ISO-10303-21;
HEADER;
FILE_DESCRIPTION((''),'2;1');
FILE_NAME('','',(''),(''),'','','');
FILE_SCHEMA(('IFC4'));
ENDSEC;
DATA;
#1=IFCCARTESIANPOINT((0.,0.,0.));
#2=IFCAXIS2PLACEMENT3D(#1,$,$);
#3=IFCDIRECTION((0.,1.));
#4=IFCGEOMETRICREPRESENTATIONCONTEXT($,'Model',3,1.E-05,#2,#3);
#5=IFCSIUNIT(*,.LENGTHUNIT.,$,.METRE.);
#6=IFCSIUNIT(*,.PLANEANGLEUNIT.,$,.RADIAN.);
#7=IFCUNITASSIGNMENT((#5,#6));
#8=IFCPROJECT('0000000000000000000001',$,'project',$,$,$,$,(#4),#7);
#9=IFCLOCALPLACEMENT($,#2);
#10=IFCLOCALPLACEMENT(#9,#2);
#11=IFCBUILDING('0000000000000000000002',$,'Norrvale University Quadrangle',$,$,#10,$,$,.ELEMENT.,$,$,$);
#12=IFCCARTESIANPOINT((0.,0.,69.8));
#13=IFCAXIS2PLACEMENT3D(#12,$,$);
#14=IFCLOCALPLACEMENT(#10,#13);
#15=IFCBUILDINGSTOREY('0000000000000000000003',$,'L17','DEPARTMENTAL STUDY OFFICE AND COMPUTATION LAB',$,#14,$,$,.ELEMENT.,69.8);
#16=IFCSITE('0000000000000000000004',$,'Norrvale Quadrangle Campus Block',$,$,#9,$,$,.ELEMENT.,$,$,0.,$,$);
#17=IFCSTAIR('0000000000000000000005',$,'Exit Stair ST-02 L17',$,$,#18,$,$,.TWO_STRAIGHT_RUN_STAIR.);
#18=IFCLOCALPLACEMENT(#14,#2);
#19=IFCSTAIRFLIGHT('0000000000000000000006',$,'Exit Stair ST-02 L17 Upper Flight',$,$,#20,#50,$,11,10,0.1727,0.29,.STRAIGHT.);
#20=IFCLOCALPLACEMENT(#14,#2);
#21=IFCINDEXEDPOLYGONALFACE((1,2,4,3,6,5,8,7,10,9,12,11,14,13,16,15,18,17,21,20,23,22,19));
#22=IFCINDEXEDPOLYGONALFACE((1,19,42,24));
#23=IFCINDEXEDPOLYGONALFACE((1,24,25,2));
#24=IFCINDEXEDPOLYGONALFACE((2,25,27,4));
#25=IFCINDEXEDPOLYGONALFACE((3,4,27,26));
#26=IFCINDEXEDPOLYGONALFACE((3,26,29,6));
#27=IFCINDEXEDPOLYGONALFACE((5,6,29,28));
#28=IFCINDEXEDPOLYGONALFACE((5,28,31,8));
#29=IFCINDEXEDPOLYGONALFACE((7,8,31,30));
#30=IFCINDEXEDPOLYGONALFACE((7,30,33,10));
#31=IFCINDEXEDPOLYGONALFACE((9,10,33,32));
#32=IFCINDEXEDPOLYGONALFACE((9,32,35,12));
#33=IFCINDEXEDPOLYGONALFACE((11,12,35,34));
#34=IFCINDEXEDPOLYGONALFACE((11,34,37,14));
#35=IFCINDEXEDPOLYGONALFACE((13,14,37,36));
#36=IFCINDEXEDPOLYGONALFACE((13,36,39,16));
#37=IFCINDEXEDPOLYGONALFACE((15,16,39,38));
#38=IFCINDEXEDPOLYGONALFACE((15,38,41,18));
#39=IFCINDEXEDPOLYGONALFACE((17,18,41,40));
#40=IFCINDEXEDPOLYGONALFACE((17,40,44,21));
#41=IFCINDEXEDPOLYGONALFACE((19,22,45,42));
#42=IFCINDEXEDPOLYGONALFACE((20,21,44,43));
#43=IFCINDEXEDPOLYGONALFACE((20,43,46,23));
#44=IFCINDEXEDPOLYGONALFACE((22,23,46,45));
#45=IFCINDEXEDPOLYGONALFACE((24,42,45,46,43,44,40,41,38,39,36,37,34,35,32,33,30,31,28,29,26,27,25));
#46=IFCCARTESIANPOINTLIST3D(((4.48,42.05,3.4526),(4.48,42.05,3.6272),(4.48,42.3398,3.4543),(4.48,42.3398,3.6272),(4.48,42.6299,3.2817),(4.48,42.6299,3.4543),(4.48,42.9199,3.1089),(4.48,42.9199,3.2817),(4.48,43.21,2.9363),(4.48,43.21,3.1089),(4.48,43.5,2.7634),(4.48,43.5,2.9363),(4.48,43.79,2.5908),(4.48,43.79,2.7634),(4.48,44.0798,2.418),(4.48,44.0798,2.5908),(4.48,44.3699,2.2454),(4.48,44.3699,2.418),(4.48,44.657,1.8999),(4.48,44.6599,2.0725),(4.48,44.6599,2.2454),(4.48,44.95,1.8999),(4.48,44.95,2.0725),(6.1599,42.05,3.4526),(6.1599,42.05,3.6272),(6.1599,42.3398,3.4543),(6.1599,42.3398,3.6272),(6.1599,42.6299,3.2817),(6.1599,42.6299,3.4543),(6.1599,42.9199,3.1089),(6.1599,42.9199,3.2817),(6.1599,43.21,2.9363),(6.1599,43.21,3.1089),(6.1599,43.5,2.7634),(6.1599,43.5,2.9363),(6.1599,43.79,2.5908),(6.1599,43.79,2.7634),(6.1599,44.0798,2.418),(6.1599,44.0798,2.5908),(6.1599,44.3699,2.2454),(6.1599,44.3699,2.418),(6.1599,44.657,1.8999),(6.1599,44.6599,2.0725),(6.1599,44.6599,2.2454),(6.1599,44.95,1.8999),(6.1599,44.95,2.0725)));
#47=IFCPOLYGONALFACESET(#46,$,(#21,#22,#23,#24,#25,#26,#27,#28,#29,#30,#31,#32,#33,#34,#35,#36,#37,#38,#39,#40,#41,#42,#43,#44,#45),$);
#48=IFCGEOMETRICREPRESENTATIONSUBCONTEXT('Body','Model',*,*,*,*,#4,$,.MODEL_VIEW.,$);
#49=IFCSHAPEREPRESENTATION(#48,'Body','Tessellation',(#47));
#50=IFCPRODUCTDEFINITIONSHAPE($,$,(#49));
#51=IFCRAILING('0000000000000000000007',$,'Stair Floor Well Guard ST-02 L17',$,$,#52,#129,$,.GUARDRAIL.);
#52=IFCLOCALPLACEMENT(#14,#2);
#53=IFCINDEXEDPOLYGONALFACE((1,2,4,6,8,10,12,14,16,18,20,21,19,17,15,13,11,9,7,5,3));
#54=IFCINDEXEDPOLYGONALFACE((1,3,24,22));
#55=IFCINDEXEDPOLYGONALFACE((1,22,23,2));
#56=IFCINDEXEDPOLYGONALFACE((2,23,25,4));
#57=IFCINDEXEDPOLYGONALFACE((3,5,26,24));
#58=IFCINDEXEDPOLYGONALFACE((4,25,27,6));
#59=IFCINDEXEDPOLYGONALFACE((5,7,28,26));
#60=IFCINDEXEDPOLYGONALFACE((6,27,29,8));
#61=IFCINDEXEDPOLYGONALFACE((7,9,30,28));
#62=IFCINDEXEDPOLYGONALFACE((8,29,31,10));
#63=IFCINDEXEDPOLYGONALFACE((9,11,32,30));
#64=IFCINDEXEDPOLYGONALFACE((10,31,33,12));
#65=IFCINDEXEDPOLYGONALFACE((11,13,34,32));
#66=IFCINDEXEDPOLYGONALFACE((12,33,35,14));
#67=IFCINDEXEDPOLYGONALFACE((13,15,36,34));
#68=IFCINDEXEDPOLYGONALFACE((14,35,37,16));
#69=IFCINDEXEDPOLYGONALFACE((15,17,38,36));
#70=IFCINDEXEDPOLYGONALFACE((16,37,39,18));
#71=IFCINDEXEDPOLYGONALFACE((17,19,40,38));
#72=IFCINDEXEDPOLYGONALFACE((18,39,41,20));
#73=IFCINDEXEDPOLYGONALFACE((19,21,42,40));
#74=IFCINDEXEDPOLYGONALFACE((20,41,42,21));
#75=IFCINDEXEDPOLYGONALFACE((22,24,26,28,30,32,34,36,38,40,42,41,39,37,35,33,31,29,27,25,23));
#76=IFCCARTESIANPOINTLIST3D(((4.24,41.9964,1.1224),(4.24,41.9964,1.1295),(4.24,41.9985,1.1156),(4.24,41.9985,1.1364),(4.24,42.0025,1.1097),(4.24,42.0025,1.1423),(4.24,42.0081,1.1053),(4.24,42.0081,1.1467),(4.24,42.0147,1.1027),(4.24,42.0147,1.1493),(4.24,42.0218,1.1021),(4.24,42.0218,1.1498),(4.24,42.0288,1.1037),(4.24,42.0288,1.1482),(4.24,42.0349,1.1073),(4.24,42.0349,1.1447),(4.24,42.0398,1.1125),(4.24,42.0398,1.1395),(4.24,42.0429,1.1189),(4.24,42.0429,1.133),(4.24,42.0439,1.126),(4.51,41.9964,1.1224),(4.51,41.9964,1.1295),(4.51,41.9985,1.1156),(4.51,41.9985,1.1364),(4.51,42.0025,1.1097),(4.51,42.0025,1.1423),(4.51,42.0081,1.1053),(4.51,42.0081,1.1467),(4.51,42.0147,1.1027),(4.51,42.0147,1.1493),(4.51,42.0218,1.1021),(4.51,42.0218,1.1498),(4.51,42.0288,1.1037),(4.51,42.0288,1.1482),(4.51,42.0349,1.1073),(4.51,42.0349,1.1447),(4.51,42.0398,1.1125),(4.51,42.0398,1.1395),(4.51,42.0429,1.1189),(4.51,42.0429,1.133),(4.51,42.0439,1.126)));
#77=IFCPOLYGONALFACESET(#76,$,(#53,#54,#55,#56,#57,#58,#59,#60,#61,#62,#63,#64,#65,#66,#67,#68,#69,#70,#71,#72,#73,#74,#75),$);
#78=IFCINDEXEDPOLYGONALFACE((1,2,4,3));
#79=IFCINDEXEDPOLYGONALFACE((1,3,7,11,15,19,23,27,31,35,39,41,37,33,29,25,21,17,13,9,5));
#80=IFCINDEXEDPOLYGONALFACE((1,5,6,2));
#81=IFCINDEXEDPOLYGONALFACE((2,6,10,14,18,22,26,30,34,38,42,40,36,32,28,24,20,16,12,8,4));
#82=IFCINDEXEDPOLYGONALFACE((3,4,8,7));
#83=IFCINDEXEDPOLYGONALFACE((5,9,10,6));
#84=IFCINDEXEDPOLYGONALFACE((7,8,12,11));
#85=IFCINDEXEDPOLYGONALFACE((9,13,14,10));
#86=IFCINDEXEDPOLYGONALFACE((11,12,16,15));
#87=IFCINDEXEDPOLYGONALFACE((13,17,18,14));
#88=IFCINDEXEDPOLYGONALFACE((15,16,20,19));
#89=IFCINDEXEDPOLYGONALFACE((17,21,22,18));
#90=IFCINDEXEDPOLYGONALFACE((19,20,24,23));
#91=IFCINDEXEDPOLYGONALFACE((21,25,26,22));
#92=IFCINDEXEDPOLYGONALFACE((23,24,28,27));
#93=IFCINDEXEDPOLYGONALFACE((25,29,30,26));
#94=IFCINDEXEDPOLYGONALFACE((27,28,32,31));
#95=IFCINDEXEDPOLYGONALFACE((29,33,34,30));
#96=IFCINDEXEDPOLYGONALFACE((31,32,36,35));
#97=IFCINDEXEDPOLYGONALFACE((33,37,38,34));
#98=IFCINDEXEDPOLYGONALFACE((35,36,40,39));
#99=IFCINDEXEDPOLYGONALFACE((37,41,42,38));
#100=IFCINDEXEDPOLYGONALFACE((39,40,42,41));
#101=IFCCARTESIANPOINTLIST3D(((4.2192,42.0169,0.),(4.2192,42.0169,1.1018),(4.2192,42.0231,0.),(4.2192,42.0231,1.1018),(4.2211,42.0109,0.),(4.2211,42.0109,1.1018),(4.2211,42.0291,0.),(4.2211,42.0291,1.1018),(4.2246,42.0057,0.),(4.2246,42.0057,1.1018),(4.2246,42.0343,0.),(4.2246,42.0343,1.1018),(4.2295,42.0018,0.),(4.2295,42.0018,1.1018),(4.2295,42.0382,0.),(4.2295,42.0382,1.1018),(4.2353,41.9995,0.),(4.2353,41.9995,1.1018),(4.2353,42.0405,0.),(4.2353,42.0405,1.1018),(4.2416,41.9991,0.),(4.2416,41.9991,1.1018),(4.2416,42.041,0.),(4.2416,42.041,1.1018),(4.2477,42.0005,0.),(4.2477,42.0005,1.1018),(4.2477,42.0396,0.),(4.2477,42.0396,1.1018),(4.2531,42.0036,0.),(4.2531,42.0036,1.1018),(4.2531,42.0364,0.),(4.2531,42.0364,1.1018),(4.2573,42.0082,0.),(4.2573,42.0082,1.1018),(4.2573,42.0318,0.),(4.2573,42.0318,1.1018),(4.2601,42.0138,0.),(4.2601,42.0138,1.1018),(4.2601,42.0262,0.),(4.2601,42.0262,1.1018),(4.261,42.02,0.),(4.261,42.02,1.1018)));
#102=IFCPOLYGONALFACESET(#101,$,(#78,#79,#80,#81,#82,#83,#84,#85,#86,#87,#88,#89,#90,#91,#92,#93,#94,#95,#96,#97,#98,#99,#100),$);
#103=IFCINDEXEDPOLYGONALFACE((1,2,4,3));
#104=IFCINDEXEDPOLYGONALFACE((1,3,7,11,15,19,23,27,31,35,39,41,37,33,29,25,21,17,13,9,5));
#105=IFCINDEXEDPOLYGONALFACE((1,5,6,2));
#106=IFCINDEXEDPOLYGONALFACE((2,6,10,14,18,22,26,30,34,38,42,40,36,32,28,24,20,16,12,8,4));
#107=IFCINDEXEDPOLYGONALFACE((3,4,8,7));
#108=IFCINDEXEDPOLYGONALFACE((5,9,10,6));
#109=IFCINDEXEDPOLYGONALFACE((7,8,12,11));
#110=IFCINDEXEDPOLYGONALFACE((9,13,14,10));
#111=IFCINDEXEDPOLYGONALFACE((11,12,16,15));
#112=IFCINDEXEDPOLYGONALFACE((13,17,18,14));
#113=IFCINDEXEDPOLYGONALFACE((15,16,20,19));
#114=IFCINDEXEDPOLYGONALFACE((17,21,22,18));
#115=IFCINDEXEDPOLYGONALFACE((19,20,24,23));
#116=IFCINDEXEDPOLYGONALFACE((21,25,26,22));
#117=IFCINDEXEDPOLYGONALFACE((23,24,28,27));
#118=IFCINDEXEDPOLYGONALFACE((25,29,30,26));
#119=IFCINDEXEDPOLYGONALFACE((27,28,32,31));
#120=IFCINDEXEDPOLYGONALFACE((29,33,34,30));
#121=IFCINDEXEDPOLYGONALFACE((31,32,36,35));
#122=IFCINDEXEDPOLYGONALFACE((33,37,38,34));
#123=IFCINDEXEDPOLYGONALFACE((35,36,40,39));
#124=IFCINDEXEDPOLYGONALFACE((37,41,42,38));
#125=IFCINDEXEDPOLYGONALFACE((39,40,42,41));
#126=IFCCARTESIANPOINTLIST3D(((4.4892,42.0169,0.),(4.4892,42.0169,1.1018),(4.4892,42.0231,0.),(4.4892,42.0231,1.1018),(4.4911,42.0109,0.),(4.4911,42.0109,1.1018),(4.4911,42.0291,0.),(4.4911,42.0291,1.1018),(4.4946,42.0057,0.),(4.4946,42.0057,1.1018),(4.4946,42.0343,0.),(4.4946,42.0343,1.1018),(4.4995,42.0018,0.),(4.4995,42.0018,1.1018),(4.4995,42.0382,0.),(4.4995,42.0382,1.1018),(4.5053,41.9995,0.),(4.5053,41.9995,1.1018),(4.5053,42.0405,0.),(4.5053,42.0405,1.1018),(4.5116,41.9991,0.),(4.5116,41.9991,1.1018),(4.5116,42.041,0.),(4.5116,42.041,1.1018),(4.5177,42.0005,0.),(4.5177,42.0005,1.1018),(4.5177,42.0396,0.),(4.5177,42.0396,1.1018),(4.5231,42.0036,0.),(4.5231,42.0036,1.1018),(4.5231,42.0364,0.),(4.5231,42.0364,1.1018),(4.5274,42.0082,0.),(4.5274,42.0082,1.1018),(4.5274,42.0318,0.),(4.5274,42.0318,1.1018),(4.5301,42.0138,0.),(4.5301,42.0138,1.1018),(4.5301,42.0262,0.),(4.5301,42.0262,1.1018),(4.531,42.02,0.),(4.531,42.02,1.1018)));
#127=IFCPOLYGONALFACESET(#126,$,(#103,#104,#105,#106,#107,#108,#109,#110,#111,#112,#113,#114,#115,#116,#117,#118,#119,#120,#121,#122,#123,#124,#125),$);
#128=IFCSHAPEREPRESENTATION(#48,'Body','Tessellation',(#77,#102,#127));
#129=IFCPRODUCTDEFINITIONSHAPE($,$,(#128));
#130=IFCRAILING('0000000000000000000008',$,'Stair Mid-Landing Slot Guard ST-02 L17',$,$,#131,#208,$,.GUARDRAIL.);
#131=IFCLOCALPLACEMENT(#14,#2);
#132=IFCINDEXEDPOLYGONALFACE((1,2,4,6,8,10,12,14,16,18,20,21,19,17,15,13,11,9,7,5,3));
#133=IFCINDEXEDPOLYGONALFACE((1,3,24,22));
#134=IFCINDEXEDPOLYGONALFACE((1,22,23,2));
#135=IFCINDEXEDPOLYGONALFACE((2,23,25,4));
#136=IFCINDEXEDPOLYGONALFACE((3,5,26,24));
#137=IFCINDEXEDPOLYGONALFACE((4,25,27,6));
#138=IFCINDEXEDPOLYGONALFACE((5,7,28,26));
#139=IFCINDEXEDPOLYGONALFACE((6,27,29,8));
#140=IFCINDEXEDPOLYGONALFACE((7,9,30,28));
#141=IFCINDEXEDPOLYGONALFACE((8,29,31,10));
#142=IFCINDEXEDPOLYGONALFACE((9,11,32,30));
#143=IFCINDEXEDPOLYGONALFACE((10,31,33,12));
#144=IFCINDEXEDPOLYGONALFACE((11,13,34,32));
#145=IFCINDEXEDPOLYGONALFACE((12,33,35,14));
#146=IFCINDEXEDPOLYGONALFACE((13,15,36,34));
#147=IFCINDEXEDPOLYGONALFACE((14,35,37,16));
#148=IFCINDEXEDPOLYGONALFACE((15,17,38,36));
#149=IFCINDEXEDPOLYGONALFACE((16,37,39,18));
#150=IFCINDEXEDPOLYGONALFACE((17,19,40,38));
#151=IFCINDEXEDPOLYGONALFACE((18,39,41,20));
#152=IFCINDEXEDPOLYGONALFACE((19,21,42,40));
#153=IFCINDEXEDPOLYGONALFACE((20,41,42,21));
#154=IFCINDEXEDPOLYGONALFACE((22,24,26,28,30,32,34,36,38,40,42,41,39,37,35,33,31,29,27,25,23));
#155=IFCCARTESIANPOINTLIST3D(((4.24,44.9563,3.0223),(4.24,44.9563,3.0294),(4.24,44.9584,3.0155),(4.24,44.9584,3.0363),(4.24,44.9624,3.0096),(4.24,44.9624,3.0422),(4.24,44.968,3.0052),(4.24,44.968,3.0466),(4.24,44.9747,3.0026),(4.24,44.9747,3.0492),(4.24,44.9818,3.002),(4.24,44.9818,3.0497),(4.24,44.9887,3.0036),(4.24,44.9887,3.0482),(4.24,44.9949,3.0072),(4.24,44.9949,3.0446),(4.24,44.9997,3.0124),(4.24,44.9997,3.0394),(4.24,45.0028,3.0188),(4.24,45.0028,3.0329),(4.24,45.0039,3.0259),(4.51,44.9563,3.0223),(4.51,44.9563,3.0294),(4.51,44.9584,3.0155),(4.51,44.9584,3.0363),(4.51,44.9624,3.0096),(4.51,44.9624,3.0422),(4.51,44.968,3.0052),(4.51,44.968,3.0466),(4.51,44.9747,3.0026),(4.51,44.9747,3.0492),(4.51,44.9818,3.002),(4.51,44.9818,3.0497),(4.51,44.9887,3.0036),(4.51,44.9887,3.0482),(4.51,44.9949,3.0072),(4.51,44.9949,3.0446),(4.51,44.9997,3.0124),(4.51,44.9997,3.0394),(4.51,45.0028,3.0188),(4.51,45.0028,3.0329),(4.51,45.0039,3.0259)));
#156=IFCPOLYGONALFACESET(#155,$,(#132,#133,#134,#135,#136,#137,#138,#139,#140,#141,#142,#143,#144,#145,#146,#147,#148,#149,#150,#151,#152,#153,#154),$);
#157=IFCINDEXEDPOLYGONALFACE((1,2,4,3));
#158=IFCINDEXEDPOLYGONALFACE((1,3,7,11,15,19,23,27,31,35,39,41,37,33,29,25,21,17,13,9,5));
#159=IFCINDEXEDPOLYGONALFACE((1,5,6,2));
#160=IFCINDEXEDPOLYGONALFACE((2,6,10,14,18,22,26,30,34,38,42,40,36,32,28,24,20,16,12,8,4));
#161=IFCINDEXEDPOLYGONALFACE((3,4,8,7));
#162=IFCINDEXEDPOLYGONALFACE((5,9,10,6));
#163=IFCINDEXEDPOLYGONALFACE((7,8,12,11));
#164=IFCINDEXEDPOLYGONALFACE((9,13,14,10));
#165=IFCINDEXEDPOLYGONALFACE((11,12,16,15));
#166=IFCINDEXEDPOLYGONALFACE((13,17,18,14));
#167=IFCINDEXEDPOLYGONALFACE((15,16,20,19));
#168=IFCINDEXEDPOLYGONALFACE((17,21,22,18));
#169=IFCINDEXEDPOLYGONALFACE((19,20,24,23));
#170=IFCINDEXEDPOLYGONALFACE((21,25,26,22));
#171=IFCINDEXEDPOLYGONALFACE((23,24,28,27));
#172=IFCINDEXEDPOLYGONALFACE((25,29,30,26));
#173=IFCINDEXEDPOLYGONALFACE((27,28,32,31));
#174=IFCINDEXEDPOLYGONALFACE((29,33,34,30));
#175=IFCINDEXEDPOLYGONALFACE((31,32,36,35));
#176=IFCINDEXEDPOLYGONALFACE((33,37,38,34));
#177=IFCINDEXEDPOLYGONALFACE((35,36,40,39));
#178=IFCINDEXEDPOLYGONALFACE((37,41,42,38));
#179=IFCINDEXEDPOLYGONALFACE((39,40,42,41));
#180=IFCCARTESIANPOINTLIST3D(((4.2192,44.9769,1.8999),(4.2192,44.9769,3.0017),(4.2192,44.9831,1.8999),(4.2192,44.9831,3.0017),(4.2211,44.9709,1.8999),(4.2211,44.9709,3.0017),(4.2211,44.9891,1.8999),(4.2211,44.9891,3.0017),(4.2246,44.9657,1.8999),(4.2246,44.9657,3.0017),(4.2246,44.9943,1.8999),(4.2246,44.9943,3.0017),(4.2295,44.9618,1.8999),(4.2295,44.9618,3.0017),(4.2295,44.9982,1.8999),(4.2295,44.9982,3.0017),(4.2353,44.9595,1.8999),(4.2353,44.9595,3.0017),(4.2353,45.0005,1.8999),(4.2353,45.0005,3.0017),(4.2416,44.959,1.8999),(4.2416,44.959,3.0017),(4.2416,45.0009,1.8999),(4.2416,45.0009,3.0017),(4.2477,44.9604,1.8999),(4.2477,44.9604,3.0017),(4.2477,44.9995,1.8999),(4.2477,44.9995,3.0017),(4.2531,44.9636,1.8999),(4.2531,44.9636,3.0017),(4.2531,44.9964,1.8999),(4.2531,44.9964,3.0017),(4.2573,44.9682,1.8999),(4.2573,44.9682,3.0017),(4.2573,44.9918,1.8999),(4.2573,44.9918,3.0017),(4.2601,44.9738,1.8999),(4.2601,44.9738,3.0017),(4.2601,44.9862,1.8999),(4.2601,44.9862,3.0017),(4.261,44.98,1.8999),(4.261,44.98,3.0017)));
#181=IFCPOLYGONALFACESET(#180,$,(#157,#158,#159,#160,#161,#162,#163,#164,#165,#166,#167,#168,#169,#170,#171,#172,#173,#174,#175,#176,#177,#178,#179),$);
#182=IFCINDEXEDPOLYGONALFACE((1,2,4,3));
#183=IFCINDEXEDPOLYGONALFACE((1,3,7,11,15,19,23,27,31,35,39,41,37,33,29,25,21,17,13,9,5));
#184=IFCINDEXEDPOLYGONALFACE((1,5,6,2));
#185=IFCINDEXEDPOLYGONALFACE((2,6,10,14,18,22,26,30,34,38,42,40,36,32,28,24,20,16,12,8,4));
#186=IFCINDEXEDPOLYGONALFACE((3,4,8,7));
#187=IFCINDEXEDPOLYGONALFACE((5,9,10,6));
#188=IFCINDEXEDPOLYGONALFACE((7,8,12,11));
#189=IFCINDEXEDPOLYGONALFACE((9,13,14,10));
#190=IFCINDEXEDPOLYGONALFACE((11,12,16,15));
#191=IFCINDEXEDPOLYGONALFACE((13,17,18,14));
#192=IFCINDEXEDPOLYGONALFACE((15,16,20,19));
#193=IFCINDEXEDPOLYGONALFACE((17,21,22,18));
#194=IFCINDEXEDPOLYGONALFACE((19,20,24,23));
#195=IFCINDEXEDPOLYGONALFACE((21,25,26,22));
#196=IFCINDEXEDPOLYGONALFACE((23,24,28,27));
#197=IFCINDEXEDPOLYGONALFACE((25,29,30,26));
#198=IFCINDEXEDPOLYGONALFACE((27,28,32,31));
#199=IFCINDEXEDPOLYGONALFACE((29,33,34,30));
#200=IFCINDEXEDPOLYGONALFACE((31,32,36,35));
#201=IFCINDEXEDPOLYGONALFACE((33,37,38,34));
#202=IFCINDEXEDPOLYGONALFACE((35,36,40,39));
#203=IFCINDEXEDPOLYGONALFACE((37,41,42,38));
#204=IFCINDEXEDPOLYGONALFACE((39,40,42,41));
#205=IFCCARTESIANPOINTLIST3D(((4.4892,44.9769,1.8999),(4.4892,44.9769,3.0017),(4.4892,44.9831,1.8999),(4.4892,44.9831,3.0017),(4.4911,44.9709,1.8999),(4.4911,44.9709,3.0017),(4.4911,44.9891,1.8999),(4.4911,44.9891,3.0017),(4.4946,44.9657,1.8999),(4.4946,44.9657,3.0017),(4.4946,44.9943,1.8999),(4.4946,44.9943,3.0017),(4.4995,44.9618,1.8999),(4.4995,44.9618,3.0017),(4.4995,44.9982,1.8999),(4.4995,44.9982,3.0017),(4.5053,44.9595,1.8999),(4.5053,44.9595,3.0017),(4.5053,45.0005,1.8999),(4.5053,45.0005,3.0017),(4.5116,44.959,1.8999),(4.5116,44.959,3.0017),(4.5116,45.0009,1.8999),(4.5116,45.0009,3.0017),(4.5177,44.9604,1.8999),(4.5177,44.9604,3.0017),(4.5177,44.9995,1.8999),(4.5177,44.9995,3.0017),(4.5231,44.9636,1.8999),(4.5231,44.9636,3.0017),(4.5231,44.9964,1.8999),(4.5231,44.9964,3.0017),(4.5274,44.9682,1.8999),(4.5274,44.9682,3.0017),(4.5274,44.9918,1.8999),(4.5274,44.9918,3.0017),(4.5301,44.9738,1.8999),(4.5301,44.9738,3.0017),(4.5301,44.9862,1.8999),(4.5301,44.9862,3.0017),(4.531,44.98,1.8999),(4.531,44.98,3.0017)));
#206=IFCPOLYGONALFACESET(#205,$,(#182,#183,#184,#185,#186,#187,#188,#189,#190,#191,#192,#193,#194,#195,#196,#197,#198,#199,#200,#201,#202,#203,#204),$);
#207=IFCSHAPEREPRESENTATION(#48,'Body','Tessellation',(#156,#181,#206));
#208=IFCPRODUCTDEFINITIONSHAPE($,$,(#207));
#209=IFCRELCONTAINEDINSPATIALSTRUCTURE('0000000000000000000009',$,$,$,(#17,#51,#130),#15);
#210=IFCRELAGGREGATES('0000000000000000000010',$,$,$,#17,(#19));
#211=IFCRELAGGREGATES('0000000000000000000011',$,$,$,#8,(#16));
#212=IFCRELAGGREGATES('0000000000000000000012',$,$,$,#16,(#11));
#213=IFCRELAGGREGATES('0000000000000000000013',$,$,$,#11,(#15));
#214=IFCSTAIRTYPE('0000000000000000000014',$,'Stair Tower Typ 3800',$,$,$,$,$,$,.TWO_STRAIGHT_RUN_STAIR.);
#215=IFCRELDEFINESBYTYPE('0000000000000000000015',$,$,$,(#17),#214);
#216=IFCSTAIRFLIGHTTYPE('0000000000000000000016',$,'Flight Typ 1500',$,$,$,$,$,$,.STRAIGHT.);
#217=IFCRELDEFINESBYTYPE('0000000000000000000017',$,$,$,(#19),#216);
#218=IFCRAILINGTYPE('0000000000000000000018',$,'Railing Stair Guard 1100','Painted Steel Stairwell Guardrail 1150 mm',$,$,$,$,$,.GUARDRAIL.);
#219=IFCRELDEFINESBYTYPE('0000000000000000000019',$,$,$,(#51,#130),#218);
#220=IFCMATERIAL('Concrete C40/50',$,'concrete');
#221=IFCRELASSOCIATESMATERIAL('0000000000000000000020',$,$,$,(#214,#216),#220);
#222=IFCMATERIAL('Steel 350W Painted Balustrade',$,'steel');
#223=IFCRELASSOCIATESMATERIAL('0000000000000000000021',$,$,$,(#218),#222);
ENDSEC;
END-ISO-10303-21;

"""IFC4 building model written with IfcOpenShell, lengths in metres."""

from ifc_helpers import new_model, si_unit, direction, frame, origin, origin_2d, place, context, subcontext, project, spatial, polyline, circle, outline, extrude, material, type_object, element, aggregate, save


model = new_model("IFC4")

# Units and contexts
model_context = context("Model", 3, precision=1e-05, world=origin(), true_north=direction((0.0, 1.0)))
body_context = subcontext(model_context, "Body", "Model", "MODEL_VIEW")
ifc_project = project(units=[si_unit("LENGTHUNIT", "METRE"), si_unit("PLANEANGLEUNIT", "RADIAN")], contexts=[model_context])

# Site, building, storey
site_placement = place(None, origin())
site = spatial("IfcSite", under=ifc_project, at=site_placement, Name="Norrvale Quadrangle Campus Block", CompositionType="ELEMENT", RefElevation=0.0)
building_placement = place(site_placement, origin())
building = spatial("IfcBuilding", under=site, at=building_placement, Name="Norrvale University Quadrangle", CompositionType="ELEMENT")
storey_placement = place(building_placement, frame((0.0, 0.0, 69.8)))
storey = spatial("IfcBuildingStorey", under=building, at=storey_placement, Name="L17", Description="DEPARTMENTAL STUDY OFFICE AND COMPUTATION LAB", CompositionType="ELEMENT", Elevation=69.8)

# Stair, stair flight
ifc_material_1 = material(Name="Concrete C40/50", Category="concrete")
stair_type = type_object("IfcStairType", Name="Stair Tower Typ 3800", PredefinedType="TWO_STRAIGHT_RUN_STAIR", material=ifc_material_1)
stair_placement = place(storey_placement, origin())
stair = element("IfcStair", 1, at=stair_placement, inside=storey, type_object=stair_type, Name="Exit Stair ST-02 L17", PredefinedType="TWO_STRAIGHT_RUN_STAIR")
stair_flight_type = type_object("IfcStairFlightType", Name="Flight Typ 1500", PredefinedType="STRAIGHT", material=ifc_material_1)
stair_flight_1_placement = place(storey_placement, frame((5.3201, 44.95, 1.8999), z_axis=(0.0, 0.0, 1.0), x_axis=(0.0, -1.0, 0.0)))
stair_flight_1 = element("IfcStairFlight", 2, at=stair_flight_1_placement, type_object=stair_flight_type, Name="Exit Stair ST-02 L17 Upper Flight", NumberOfRisers=11, NumberOfTreads=10, PredefinedType="STRAIGHT", RiserHeight=0.1727, TreadLength=0.29, context=body_context, shape_type="SweptSolid", body=[
    extrude(outline(polyline([(0.0, 0.0), (0.0, 0.1726), (0.29, 0.1726), (0.29, 0.3455), (0.5801, 0.3455), (0.5801, 0.5181), (0.8701, 0.5181), (0.8701, 0.6909), (1.1599, 0.6909), (1.1599, 0.8635), (1.45, 0.8635), (1.45, 1.0364), (1.74, 1.0364), (1.74, 1.209), (2.03, 1.209), (2.03, 1.3818), (2.3201, 1.3818), (2.3201, 1.5544), (2.6101, 1.5544), (2.6101, 1.7273), (2.8999, 1.7273), (2.8999, 1.8999), (2.8999, 1.5527), (0.293, 0.0), (0.0, 0.0)])), frame((0.0, 0.8398, 0.0), z_axis=(0.0, -1.0, 0.0), x_axis=(1.0, 0.0, 0.0)), (0.0, 0.0, 1.0), 1.6799),
])
aggregate(stair, [stair_flight_1])

# Railings
ifc_material_2 = material(Name="Steel 350W Painted Balustrade", Category="steel")
railing_type_1 = type_object("IfcRailingType", Name="Railing Stair Guard 1100", Description="Painted Steel Stairwell Guardrail 1150 mm", PredefinedType="GUARDRAIL", material=ifc_material_2)
for number, where, name in (
    (3, (4.24, 42.02, 0.0), "Stair Floor Well Guard ST-02 L17"),
    (4, (4.24, 44.98, 1.8999), "Stair Mid-Landing Slot Guard ST-02 L17"),
):
    element("IfcRailing", number, at=place(storey_placement, frame(where)), inside=storey, type_object=railing_type_1, Name=name, PredefinedType="GUARDRAIL", context=body_context, shape_type="SweptSolid", body=[
        extrude(circle(Radius=0.0239, at=origin_2d()), frame((0.0, 0.0, 1.126), z_axis=(1.0, 0.0, 0.0), x_axis=(0.0, 1.0, 0.0)), (0.0, 0.0, 1.0), 0.27),
        extrude(circle(Radius=0.021, at=origin_2d()), origin(), (0.0, 0.0, 1.0), 1.1018),
        extrude(circle(Radius=0.021, at=origin_2d()), frame((0.27, 0.0, 0.0)), (0.0, 0.0, 1.0), 1.1018),
    ])

save(model, "model.ifc")
